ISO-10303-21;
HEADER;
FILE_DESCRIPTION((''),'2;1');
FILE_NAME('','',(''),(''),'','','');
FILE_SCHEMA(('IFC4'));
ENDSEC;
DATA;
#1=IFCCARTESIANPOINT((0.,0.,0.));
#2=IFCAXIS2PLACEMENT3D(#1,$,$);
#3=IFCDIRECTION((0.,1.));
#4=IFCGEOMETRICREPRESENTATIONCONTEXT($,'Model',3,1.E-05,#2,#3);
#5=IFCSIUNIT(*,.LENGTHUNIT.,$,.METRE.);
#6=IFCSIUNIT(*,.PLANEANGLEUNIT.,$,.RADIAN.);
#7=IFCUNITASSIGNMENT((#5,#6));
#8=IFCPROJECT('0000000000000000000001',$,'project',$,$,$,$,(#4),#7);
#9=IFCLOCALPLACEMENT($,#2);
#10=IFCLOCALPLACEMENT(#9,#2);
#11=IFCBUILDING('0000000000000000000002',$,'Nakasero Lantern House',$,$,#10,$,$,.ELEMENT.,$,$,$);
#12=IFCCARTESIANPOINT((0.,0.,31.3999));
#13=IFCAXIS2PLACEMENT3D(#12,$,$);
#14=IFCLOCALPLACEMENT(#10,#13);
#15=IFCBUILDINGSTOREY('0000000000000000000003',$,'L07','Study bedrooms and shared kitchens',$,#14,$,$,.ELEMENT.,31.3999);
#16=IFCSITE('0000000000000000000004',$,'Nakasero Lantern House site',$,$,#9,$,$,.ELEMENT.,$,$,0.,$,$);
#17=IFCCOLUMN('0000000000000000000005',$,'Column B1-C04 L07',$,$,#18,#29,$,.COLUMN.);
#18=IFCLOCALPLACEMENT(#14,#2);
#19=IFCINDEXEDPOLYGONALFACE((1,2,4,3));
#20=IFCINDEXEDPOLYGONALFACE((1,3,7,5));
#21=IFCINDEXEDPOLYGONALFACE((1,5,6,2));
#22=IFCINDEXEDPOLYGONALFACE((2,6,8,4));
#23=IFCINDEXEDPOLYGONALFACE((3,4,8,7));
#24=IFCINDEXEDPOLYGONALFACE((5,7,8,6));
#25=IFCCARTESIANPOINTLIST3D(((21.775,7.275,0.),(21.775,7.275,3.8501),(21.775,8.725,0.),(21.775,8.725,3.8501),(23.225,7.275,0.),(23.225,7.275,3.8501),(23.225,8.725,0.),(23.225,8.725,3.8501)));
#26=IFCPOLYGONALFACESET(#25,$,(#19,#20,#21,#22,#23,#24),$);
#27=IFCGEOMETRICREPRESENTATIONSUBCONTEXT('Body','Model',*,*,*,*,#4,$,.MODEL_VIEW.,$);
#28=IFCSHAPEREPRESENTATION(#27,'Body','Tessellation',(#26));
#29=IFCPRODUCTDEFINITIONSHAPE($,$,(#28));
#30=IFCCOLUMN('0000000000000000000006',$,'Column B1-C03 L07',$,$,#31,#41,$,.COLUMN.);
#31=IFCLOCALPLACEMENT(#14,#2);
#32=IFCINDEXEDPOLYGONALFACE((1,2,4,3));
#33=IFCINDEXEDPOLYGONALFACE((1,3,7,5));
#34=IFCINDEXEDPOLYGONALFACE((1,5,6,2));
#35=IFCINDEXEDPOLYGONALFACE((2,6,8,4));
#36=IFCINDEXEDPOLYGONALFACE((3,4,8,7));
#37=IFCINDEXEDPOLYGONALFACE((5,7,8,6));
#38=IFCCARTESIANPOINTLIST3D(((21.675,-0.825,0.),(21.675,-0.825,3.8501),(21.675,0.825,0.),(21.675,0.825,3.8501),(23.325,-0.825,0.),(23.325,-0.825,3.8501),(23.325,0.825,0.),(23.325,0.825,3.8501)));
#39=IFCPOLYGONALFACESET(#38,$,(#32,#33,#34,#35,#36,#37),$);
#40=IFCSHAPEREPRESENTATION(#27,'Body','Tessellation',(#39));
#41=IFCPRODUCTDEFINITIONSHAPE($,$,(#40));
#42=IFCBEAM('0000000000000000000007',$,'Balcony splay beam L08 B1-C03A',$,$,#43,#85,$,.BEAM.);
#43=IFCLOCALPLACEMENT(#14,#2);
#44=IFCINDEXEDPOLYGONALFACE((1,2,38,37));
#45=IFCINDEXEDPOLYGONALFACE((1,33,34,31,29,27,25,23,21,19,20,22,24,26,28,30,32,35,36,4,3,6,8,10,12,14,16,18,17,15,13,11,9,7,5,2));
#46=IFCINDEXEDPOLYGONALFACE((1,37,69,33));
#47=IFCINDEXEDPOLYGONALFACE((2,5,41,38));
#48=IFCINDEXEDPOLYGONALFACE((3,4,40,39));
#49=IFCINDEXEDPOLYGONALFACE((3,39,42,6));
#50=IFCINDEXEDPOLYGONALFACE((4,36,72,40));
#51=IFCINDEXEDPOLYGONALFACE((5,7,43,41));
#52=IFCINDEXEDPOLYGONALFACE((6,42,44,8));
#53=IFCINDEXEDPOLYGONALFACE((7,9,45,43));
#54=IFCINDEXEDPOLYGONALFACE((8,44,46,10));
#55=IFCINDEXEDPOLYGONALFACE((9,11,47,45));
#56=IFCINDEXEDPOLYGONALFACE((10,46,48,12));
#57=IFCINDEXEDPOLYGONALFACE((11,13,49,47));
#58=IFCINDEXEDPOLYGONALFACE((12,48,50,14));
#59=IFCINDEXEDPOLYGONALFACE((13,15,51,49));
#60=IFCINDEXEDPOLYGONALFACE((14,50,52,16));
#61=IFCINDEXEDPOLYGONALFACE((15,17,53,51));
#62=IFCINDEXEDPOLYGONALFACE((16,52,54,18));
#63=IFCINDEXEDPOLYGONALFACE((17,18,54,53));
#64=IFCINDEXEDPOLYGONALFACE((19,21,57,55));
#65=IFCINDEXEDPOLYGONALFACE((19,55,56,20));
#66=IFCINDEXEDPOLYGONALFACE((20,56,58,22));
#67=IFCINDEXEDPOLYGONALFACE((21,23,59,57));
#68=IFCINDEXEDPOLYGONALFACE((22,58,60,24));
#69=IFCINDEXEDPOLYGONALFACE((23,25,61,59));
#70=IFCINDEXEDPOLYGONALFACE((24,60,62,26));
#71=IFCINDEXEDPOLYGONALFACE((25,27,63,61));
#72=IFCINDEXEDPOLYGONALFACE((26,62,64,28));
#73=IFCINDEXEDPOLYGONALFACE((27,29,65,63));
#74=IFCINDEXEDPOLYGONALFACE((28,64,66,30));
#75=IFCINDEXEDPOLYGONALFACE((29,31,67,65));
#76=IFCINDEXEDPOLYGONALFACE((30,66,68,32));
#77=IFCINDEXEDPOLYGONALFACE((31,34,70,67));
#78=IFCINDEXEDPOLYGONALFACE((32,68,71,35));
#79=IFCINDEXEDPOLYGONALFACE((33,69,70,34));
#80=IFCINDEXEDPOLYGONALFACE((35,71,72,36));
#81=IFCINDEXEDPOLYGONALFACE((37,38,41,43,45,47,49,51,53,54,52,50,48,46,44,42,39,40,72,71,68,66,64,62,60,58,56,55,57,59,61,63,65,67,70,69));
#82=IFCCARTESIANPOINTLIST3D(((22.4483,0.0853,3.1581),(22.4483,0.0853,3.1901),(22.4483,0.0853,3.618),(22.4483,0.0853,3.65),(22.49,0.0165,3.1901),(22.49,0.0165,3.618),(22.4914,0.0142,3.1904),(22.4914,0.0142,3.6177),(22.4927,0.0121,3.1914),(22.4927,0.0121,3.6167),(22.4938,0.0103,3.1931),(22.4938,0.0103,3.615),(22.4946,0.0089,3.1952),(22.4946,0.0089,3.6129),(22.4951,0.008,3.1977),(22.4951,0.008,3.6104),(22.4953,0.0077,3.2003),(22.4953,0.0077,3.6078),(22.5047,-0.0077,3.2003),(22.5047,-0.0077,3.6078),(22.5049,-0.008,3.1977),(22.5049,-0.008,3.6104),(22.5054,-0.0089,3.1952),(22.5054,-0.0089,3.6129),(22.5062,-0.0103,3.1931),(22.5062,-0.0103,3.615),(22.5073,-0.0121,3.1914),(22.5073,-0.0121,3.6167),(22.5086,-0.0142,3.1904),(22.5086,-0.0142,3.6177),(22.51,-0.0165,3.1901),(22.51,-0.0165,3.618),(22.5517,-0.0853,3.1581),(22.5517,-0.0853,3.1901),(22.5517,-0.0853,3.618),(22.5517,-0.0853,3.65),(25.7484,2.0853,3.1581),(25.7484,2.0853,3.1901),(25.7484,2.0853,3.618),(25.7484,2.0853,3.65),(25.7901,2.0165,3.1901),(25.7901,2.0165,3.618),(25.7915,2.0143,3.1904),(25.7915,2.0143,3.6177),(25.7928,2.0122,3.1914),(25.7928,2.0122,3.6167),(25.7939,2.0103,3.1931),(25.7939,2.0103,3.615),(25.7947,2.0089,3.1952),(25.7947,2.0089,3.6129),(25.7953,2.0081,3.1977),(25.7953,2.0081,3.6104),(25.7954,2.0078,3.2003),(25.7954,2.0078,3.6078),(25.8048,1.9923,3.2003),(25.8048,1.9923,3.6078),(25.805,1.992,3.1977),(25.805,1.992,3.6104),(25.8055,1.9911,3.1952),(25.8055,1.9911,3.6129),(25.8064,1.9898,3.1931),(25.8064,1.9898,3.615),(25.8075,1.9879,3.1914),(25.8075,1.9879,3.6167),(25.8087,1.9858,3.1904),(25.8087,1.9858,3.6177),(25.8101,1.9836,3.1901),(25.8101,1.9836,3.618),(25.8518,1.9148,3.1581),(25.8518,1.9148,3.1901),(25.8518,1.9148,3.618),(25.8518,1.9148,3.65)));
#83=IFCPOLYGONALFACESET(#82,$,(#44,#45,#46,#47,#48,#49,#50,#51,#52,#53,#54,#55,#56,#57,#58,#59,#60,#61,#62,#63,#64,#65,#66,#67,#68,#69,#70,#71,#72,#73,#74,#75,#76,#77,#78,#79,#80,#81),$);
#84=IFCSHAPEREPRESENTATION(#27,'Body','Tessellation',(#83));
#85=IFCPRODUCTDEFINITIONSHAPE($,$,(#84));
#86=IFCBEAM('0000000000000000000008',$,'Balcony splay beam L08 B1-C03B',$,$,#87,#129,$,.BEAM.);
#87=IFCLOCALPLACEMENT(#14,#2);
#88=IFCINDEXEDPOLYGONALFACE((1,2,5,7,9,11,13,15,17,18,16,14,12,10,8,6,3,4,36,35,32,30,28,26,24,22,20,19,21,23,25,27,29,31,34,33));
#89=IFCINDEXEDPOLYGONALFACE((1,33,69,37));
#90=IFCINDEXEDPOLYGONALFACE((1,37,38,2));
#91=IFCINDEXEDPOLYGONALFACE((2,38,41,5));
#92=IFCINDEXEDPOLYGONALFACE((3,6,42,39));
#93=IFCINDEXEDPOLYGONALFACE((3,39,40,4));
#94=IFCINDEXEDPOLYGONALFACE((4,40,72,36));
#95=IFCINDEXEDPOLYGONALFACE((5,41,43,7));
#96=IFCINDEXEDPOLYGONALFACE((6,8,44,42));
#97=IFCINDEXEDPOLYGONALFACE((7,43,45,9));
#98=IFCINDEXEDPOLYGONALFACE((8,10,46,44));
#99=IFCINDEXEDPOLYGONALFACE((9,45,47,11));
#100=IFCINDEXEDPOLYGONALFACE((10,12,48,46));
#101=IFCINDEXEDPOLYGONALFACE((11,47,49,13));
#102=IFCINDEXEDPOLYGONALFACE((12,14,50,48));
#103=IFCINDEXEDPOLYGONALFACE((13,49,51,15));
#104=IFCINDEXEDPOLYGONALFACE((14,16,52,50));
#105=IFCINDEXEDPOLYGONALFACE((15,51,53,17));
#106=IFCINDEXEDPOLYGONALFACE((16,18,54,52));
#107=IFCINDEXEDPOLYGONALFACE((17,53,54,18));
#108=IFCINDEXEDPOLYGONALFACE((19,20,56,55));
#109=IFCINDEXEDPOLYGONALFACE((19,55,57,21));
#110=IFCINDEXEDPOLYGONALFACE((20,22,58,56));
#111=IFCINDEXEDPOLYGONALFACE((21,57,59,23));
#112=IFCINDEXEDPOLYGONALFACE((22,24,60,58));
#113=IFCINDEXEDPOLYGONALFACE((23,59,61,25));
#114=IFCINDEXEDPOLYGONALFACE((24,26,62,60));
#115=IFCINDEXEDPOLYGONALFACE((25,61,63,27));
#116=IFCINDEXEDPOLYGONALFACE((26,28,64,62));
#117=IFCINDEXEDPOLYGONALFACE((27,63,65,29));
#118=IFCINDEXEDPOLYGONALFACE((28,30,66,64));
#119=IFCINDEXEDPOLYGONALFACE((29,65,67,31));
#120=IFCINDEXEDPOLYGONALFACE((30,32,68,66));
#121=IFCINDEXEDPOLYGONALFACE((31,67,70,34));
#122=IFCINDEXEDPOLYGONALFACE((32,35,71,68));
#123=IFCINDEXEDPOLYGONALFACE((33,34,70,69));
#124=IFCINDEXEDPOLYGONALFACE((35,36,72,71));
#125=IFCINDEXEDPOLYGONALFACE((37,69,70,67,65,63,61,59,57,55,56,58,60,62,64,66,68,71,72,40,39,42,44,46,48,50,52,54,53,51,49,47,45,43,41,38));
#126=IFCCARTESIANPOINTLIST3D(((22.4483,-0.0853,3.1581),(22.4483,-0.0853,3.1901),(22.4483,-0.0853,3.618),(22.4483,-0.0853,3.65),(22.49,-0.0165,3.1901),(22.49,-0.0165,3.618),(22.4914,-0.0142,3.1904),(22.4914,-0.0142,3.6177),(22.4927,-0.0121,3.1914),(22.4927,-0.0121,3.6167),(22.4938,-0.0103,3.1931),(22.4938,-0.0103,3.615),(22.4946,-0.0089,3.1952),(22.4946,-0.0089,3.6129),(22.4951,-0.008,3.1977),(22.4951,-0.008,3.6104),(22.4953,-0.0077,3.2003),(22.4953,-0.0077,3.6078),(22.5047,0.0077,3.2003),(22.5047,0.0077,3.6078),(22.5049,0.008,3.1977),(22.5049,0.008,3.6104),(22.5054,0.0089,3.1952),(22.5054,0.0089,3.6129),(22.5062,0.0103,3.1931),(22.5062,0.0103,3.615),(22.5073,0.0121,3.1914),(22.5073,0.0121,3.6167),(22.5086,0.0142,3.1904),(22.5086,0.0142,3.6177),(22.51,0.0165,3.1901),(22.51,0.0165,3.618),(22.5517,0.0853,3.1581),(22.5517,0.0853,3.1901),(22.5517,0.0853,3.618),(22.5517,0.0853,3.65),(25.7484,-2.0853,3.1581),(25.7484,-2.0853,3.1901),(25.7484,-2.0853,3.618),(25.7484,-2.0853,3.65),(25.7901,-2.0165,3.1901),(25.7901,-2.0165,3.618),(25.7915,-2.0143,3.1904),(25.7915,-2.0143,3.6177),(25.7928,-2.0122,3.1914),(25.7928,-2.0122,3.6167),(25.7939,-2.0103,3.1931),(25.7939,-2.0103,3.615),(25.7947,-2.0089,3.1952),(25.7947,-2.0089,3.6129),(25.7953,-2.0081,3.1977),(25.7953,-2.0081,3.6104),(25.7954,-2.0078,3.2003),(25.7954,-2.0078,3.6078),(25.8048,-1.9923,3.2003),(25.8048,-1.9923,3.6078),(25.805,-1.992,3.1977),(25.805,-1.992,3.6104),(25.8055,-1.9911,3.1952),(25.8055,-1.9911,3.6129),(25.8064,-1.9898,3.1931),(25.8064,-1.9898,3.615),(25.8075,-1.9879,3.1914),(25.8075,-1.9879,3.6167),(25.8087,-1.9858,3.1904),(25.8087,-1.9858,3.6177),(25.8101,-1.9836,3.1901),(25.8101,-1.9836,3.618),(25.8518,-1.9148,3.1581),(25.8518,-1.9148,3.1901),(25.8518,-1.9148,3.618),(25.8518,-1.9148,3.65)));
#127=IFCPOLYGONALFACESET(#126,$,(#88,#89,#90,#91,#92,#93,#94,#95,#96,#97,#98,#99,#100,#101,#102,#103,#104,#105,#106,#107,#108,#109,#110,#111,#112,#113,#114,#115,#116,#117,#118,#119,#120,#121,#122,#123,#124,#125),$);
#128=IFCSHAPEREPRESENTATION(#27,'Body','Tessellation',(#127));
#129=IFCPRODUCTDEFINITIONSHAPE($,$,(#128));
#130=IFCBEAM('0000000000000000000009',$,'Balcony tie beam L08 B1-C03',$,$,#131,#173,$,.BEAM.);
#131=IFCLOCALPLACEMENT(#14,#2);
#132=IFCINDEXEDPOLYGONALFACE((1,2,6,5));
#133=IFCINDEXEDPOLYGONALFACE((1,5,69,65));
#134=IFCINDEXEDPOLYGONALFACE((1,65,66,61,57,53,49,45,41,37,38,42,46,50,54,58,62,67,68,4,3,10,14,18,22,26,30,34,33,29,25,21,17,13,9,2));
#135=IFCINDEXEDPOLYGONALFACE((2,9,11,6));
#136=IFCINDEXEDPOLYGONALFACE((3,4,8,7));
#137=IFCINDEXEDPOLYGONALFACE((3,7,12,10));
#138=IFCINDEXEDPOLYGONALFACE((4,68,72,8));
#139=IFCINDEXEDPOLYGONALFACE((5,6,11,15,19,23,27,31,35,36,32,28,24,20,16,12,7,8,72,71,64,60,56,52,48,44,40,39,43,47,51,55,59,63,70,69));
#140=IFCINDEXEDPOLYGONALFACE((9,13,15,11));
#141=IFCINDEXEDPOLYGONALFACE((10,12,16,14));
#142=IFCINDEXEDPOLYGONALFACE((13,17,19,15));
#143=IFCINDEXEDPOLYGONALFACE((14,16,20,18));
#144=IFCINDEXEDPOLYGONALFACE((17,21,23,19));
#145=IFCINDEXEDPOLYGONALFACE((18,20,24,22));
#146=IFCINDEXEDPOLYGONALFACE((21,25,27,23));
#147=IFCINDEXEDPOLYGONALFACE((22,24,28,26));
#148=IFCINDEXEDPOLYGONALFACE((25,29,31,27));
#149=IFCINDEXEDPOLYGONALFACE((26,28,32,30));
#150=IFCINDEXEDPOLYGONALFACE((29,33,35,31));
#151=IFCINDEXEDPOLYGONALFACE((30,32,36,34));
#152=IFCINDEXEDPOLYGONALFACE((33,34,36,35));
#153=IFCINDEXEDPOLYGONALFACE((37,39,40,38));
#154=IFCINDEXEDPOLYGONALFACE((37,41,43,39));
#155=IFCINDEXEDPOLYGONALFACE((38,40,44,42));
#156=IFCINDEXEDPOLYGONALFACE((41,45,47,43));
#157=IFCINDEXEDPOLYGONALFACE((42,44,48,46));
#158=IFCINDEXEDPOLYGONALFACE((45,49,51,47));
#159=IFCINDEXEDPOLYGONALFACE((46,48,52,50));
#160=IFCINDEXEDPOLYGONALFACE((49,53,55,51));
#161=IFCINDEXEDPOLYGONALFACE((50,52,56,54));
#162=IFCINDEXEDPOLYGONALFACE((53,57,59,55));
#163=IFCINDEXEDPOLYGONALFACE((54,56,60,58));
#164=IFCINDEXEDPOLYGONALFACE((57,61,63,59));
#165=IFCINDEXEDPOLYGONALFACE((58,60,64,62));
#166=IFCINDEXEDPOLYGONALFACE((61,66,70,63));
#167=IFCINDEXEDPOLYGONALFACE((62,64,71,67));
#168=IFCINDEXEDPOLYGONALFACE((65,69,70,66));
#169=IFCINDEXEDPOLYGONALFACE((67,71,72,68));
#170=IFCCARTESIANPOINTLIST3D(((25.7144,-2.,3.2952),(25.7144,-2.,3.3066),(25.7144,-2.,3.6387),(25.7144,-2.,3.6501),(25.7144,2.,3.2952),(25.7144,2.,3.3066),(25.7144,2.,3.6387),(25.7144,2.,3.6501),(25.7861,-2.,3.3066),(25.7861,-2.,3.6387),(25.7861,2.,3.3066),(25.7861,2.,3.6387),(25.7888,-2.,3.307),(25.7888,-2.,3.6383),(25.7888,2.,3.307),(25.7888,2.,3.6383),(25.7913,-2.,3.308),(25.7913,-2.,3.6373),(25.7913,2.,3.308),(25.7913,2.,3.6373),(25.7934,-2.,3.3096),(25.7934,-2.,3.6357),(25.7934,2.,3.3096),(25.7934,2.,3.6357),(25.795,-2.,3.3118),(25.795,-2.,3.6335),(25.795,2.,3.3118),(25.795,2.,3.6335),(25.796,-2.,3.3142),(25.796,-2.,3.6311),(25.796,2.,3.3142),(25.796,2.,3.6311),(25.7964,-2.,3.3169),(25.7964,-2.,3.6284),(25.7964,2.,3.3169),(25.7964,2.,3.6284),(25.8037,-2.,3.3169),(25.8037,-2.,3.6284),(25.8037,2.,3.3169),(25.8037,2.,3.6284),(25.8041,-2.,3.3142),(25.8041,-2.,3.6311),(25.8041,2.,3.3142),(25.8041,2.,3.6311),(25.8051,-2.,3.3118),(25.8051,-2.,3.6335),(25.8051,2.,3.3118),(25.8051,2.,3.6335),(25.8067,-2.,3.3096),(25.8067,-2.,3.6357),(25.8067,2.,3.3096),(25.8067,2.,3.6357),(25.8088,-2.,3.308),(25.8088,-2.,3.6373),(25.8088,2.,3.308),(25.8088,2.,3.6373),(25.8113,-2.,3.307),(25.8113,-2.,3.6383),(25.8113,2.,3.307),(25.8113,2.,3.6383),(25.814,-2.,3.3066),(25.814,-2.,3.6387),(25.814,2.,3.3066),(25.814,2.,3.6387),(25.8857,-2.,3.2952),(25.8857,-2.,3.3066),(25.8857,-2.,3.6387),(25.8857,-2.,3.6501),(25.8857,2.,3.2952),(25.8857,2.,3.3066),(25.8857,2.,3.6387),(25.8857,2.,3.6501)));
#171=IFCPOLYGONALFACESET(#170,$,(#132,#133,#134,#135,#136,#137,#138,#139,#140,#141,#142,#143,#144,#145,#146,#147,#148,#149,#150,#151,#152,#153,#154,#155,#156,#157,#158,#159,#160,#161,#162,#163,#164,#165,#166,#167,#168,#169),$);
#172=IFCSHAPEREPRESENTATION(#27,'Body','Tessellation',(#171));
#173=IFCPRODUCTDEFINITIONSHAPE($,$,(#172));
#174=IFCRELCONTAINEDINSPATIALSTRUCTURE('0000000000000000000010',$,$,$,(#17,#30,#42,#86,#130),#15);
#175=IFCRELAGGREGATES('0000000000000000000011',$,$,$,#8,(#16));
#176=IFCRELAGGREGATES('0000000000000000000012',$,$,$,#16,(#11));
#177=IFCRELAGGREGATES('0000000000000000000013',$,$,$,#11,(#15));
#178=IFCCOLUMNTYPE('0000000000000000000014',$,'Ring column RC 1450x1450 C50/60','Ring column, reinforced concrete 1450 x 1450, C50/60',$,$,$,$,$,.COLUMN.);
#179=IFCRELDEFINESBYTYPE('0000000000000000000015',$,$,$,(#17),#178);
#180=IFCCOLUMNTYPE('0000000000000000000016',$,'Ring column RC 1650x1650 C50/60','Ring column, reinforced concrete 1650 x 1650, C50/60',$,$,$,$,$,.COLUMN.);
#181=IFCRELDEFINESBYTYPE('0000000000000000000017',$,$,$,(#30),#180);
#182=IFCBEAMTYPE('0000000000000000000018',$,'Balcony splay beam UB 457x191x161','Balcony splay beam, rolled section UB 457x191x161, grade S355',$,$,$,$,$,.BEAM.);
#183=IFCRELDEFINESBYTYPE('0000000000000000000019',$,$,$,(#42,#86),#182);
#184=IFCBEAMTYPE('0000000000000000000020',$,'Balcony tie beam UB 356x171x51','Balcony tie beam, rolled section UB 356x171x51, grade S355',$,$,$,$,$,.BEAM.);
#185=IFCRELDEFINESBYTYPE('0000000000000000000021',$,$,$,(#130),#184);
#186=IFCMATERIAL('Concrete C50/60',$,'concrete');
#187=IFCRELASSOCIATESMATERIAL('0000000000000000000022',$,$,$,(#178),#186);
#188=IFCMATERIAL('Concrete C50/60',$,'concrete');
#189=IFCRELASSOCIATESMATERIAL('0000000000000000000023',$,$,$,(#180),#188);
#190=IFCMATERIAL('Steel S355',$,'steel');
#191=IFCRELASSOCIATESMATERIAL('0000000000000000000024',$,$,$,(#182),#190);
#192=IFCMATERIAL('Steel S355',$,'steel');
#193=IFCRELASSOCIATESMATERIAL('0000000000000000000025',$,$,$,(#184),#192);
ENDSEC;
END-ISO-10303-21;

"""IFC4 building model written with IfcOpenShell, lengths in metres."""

from ifc_helpers import new_model, si_unit, direction, frame, origin, origin_2d, place, context, subcontext, project, spatial, rectangle, i_section, extrude, material, material_profile, profile_set, type_object, element, save


model = new_model("IFC4")

# Units and contexts
model_context = context("Model", 3, precision=1e-05, world=origin(), true_north=direction((0.0, 1.0)))
body_context = subcontext(model_context, "Body", "Model", "MODEL_VIEW")
ifc_project = project(units=[si_unit("LENGTHUNIT", "METRE"), si_unit("PLANEANGLEUNIT", "RADIAN")], contexts=[model_context])

# Site, building, storey
site_placement = place(None, origin())
site = spatial("IfcSite", under=ifc_project, at=site_placement, Name="Nakasero Lantern House site", CompositionType="ELEMENT", RefElevation=0.0)
building_placement = place(site_placement, origin())
building = spatial("IfcBuilding", under=site, at=building_placement, Name="Nakasero Lantern House", CompositionType="ELEMENT")
storey_placement = place(building_placement, frame((0.0, 0.0, 31.3999)))
storey = spatial("IfcBuildingStorey", under=building, at=storey_placement, Name="L07", Description="Study bedrooms and shared kitchens", CompositionType="ELEMENT", Elevation=31.3999)

# Columns
ifc_material_1 = material(Name="Concrete C50/60", Category="concrete")
ifc_material_profile_1 = material_profile(ifc_material_1, rectangle(XDim=1.45, YDim=1.45, at=origin_2d()), Name="RC 1450x1450")
ifc_profile_set_1 = profile_set([ifc_material_profile_1], Name="Concrete C50/60")
column_type_1 = type_object("IfcColumnType", Name="Ring column RC 1450x1450 C50/60", Description="Ring column, reinforced concrete 1450 x 1450, C50/60", PredefinedType="COLUMN", material=ifc_profile_set_1)
column_1_placement = place(storey_placement, frame((22.5, 8.0, 0.0), z_axis=(0.0, 0.0, 1.0), x_axis=(1.0, 0.0, 0.0)))
element("IfcColumn", 1, at=column_1_placement, inside=storey, type_object=column_type_1, Name="Column B1-C04 L07", PredefinedType="COLUMN", context=body_context, shape_type="SweptSolid", body=[
    extrude(rectangle(XDim=1.45, YDim=1.45, at=origin_2d()), origin(), (0.0, 0.0, 1.0), 3.8501),
])
ifc_material_2 = material(Name="Concrete C50/60", Category="concrete")
ifc_material_profile_2 = material_profile(ifc_material_2, rectangle(XDim=1.6499, YDim=1.6499, at=origin_2d()), Name="RC 1650x1650")
ifc_profile_set_2 = profile_set([ifc_material_profile_2], Name="Concrete C50/60")
column_type_2 = type_object("IfcColumnType", Name="Ring column RC 1650x1650 C50/60", Description="Ring column, reinforced concrete 1650 x 1650, C50/60", PredefinedType="COLUMN", material=ifc_profile_set_2)
column_2_placement = place(storey_placement, frame((22.5, 0.0, 0.0), z_axis=(0.0, 0.0, 1.0), x_axis=(1.0, 0.0, 0.0)))
element("IfcColumn", 2, at=column_2_placement, inside=storey, type_object=column_type_2, Name="Column B1-C03 L07", PredefinedType="COLUMN", context=body_context, shape_type="SweptSolid", body=[
    extrude(rectangle(XDim=1.6499, YDim=1.6499, at=origin_2d()), origin(), (0.0, 0.0, 1.0), 3.8501),
])

# Beams
ifc_material_3 = material(Name="Steel S355", Category="steel")
ifc_material_profile_3 = material_profile(ifc_material_3, i_section(OverallWidth=0.1995, OverallDepth=0.4919, WebThickness=0.0181, FlangeThickness=0.032, FilletRadius=0.0103, at=origin_2d()), Name="UB 457x191x161")
ifc_profile_set_3 = profile_set([ifc_material_profile_3], Name="Steel S355")
beam_type_1 = type_object("IfcBeamType", Name="Balcony splay beam UB 457x191x161", Description="Balcony splay beam, rolled section UB 457x191x161, grade S355", PredefinedType="BEAM", material=ifc_profile_set_3)
for number, where, z_axis, x_axis, name in (
    (3, (22.5, 0.0, 3.4041), (0.855201, 0.518296, 0.0), (-0.518296, 0.855201, 0.0), "Balcony splay beam L08 B1-C03A"),
    (4, (22.5, 0.0, 3.4041), (0.855201, -0.518296, 0.0), (0.518296, 0.855201, 0.0), "Balcony splay beam L08 B1-C03B"),
):
    element("IfcBeam", number, at=place(storey_placement, frame(where, z_axis=z_axis, x_axis=x_axis)), inside=storey, type_object=beam_type_1, Name=name, PredefinedType="BEAM", context=body_context, shape_type="SweptSolid", body=[
        extrude(i_section(OverallWidth=0.1995, OverallDepth=0.4919, WebThickness=0.0181, FlangeThickness=0.032, FilletRadius=0.0103, at=origin_2d()), origin(), (0.0, 0.0, 1.0), 3.8589),
    ])
ifc_material_4 = material(Name="Steel S355", Category="steel")
ifc_material_profile_4 = material_profile(ifc_material_4, i_section(OverallWidth=0.1714, OverallDepth=0.355, WebThickness=0.0073, FlangeThickness=0.0115, FilletRadius=0.0103, at=origin_2d()), Name="UB 356x171x51")
ifc_profile_set_4 = profile_set([ifc_material_profile_4], Name="Steel S355")
beam_type_2 = type_object("IfcBeamType", Name="Balcony tie beam UB 356x171x51", Description="Balcony tie beam, rolled section UB 356x171x51, grade S355", PredefinedType="BEAM", material=ifc_profile_set_4)
beam_1_placement = place(storey_placement, frame((25.8, 2.0, 3.4727), z_axis=(0.0, -1.0, 0.0), x_axis=(1.0, 0.0, 0.0)))
element("IfcBeam", 5, at=beam_1_placement, inside=storey, type_object=beam_type_2, Name="Balcony tie beam L08 B1-C03", PredefinedType="BEAM", context=body_context, shape_type="SweptSolid", body=[
    extrude(i_section(OverallWidth=0.1714, OverallDepth=0.355, WebThickness=0.0073, FlangeThickness=0.0115, FilletRadius=0.0103, at=origin_2d()), origin(), (0.0, 0.0, 1.0), 4.0),
])

save(model, "model.ifc")
